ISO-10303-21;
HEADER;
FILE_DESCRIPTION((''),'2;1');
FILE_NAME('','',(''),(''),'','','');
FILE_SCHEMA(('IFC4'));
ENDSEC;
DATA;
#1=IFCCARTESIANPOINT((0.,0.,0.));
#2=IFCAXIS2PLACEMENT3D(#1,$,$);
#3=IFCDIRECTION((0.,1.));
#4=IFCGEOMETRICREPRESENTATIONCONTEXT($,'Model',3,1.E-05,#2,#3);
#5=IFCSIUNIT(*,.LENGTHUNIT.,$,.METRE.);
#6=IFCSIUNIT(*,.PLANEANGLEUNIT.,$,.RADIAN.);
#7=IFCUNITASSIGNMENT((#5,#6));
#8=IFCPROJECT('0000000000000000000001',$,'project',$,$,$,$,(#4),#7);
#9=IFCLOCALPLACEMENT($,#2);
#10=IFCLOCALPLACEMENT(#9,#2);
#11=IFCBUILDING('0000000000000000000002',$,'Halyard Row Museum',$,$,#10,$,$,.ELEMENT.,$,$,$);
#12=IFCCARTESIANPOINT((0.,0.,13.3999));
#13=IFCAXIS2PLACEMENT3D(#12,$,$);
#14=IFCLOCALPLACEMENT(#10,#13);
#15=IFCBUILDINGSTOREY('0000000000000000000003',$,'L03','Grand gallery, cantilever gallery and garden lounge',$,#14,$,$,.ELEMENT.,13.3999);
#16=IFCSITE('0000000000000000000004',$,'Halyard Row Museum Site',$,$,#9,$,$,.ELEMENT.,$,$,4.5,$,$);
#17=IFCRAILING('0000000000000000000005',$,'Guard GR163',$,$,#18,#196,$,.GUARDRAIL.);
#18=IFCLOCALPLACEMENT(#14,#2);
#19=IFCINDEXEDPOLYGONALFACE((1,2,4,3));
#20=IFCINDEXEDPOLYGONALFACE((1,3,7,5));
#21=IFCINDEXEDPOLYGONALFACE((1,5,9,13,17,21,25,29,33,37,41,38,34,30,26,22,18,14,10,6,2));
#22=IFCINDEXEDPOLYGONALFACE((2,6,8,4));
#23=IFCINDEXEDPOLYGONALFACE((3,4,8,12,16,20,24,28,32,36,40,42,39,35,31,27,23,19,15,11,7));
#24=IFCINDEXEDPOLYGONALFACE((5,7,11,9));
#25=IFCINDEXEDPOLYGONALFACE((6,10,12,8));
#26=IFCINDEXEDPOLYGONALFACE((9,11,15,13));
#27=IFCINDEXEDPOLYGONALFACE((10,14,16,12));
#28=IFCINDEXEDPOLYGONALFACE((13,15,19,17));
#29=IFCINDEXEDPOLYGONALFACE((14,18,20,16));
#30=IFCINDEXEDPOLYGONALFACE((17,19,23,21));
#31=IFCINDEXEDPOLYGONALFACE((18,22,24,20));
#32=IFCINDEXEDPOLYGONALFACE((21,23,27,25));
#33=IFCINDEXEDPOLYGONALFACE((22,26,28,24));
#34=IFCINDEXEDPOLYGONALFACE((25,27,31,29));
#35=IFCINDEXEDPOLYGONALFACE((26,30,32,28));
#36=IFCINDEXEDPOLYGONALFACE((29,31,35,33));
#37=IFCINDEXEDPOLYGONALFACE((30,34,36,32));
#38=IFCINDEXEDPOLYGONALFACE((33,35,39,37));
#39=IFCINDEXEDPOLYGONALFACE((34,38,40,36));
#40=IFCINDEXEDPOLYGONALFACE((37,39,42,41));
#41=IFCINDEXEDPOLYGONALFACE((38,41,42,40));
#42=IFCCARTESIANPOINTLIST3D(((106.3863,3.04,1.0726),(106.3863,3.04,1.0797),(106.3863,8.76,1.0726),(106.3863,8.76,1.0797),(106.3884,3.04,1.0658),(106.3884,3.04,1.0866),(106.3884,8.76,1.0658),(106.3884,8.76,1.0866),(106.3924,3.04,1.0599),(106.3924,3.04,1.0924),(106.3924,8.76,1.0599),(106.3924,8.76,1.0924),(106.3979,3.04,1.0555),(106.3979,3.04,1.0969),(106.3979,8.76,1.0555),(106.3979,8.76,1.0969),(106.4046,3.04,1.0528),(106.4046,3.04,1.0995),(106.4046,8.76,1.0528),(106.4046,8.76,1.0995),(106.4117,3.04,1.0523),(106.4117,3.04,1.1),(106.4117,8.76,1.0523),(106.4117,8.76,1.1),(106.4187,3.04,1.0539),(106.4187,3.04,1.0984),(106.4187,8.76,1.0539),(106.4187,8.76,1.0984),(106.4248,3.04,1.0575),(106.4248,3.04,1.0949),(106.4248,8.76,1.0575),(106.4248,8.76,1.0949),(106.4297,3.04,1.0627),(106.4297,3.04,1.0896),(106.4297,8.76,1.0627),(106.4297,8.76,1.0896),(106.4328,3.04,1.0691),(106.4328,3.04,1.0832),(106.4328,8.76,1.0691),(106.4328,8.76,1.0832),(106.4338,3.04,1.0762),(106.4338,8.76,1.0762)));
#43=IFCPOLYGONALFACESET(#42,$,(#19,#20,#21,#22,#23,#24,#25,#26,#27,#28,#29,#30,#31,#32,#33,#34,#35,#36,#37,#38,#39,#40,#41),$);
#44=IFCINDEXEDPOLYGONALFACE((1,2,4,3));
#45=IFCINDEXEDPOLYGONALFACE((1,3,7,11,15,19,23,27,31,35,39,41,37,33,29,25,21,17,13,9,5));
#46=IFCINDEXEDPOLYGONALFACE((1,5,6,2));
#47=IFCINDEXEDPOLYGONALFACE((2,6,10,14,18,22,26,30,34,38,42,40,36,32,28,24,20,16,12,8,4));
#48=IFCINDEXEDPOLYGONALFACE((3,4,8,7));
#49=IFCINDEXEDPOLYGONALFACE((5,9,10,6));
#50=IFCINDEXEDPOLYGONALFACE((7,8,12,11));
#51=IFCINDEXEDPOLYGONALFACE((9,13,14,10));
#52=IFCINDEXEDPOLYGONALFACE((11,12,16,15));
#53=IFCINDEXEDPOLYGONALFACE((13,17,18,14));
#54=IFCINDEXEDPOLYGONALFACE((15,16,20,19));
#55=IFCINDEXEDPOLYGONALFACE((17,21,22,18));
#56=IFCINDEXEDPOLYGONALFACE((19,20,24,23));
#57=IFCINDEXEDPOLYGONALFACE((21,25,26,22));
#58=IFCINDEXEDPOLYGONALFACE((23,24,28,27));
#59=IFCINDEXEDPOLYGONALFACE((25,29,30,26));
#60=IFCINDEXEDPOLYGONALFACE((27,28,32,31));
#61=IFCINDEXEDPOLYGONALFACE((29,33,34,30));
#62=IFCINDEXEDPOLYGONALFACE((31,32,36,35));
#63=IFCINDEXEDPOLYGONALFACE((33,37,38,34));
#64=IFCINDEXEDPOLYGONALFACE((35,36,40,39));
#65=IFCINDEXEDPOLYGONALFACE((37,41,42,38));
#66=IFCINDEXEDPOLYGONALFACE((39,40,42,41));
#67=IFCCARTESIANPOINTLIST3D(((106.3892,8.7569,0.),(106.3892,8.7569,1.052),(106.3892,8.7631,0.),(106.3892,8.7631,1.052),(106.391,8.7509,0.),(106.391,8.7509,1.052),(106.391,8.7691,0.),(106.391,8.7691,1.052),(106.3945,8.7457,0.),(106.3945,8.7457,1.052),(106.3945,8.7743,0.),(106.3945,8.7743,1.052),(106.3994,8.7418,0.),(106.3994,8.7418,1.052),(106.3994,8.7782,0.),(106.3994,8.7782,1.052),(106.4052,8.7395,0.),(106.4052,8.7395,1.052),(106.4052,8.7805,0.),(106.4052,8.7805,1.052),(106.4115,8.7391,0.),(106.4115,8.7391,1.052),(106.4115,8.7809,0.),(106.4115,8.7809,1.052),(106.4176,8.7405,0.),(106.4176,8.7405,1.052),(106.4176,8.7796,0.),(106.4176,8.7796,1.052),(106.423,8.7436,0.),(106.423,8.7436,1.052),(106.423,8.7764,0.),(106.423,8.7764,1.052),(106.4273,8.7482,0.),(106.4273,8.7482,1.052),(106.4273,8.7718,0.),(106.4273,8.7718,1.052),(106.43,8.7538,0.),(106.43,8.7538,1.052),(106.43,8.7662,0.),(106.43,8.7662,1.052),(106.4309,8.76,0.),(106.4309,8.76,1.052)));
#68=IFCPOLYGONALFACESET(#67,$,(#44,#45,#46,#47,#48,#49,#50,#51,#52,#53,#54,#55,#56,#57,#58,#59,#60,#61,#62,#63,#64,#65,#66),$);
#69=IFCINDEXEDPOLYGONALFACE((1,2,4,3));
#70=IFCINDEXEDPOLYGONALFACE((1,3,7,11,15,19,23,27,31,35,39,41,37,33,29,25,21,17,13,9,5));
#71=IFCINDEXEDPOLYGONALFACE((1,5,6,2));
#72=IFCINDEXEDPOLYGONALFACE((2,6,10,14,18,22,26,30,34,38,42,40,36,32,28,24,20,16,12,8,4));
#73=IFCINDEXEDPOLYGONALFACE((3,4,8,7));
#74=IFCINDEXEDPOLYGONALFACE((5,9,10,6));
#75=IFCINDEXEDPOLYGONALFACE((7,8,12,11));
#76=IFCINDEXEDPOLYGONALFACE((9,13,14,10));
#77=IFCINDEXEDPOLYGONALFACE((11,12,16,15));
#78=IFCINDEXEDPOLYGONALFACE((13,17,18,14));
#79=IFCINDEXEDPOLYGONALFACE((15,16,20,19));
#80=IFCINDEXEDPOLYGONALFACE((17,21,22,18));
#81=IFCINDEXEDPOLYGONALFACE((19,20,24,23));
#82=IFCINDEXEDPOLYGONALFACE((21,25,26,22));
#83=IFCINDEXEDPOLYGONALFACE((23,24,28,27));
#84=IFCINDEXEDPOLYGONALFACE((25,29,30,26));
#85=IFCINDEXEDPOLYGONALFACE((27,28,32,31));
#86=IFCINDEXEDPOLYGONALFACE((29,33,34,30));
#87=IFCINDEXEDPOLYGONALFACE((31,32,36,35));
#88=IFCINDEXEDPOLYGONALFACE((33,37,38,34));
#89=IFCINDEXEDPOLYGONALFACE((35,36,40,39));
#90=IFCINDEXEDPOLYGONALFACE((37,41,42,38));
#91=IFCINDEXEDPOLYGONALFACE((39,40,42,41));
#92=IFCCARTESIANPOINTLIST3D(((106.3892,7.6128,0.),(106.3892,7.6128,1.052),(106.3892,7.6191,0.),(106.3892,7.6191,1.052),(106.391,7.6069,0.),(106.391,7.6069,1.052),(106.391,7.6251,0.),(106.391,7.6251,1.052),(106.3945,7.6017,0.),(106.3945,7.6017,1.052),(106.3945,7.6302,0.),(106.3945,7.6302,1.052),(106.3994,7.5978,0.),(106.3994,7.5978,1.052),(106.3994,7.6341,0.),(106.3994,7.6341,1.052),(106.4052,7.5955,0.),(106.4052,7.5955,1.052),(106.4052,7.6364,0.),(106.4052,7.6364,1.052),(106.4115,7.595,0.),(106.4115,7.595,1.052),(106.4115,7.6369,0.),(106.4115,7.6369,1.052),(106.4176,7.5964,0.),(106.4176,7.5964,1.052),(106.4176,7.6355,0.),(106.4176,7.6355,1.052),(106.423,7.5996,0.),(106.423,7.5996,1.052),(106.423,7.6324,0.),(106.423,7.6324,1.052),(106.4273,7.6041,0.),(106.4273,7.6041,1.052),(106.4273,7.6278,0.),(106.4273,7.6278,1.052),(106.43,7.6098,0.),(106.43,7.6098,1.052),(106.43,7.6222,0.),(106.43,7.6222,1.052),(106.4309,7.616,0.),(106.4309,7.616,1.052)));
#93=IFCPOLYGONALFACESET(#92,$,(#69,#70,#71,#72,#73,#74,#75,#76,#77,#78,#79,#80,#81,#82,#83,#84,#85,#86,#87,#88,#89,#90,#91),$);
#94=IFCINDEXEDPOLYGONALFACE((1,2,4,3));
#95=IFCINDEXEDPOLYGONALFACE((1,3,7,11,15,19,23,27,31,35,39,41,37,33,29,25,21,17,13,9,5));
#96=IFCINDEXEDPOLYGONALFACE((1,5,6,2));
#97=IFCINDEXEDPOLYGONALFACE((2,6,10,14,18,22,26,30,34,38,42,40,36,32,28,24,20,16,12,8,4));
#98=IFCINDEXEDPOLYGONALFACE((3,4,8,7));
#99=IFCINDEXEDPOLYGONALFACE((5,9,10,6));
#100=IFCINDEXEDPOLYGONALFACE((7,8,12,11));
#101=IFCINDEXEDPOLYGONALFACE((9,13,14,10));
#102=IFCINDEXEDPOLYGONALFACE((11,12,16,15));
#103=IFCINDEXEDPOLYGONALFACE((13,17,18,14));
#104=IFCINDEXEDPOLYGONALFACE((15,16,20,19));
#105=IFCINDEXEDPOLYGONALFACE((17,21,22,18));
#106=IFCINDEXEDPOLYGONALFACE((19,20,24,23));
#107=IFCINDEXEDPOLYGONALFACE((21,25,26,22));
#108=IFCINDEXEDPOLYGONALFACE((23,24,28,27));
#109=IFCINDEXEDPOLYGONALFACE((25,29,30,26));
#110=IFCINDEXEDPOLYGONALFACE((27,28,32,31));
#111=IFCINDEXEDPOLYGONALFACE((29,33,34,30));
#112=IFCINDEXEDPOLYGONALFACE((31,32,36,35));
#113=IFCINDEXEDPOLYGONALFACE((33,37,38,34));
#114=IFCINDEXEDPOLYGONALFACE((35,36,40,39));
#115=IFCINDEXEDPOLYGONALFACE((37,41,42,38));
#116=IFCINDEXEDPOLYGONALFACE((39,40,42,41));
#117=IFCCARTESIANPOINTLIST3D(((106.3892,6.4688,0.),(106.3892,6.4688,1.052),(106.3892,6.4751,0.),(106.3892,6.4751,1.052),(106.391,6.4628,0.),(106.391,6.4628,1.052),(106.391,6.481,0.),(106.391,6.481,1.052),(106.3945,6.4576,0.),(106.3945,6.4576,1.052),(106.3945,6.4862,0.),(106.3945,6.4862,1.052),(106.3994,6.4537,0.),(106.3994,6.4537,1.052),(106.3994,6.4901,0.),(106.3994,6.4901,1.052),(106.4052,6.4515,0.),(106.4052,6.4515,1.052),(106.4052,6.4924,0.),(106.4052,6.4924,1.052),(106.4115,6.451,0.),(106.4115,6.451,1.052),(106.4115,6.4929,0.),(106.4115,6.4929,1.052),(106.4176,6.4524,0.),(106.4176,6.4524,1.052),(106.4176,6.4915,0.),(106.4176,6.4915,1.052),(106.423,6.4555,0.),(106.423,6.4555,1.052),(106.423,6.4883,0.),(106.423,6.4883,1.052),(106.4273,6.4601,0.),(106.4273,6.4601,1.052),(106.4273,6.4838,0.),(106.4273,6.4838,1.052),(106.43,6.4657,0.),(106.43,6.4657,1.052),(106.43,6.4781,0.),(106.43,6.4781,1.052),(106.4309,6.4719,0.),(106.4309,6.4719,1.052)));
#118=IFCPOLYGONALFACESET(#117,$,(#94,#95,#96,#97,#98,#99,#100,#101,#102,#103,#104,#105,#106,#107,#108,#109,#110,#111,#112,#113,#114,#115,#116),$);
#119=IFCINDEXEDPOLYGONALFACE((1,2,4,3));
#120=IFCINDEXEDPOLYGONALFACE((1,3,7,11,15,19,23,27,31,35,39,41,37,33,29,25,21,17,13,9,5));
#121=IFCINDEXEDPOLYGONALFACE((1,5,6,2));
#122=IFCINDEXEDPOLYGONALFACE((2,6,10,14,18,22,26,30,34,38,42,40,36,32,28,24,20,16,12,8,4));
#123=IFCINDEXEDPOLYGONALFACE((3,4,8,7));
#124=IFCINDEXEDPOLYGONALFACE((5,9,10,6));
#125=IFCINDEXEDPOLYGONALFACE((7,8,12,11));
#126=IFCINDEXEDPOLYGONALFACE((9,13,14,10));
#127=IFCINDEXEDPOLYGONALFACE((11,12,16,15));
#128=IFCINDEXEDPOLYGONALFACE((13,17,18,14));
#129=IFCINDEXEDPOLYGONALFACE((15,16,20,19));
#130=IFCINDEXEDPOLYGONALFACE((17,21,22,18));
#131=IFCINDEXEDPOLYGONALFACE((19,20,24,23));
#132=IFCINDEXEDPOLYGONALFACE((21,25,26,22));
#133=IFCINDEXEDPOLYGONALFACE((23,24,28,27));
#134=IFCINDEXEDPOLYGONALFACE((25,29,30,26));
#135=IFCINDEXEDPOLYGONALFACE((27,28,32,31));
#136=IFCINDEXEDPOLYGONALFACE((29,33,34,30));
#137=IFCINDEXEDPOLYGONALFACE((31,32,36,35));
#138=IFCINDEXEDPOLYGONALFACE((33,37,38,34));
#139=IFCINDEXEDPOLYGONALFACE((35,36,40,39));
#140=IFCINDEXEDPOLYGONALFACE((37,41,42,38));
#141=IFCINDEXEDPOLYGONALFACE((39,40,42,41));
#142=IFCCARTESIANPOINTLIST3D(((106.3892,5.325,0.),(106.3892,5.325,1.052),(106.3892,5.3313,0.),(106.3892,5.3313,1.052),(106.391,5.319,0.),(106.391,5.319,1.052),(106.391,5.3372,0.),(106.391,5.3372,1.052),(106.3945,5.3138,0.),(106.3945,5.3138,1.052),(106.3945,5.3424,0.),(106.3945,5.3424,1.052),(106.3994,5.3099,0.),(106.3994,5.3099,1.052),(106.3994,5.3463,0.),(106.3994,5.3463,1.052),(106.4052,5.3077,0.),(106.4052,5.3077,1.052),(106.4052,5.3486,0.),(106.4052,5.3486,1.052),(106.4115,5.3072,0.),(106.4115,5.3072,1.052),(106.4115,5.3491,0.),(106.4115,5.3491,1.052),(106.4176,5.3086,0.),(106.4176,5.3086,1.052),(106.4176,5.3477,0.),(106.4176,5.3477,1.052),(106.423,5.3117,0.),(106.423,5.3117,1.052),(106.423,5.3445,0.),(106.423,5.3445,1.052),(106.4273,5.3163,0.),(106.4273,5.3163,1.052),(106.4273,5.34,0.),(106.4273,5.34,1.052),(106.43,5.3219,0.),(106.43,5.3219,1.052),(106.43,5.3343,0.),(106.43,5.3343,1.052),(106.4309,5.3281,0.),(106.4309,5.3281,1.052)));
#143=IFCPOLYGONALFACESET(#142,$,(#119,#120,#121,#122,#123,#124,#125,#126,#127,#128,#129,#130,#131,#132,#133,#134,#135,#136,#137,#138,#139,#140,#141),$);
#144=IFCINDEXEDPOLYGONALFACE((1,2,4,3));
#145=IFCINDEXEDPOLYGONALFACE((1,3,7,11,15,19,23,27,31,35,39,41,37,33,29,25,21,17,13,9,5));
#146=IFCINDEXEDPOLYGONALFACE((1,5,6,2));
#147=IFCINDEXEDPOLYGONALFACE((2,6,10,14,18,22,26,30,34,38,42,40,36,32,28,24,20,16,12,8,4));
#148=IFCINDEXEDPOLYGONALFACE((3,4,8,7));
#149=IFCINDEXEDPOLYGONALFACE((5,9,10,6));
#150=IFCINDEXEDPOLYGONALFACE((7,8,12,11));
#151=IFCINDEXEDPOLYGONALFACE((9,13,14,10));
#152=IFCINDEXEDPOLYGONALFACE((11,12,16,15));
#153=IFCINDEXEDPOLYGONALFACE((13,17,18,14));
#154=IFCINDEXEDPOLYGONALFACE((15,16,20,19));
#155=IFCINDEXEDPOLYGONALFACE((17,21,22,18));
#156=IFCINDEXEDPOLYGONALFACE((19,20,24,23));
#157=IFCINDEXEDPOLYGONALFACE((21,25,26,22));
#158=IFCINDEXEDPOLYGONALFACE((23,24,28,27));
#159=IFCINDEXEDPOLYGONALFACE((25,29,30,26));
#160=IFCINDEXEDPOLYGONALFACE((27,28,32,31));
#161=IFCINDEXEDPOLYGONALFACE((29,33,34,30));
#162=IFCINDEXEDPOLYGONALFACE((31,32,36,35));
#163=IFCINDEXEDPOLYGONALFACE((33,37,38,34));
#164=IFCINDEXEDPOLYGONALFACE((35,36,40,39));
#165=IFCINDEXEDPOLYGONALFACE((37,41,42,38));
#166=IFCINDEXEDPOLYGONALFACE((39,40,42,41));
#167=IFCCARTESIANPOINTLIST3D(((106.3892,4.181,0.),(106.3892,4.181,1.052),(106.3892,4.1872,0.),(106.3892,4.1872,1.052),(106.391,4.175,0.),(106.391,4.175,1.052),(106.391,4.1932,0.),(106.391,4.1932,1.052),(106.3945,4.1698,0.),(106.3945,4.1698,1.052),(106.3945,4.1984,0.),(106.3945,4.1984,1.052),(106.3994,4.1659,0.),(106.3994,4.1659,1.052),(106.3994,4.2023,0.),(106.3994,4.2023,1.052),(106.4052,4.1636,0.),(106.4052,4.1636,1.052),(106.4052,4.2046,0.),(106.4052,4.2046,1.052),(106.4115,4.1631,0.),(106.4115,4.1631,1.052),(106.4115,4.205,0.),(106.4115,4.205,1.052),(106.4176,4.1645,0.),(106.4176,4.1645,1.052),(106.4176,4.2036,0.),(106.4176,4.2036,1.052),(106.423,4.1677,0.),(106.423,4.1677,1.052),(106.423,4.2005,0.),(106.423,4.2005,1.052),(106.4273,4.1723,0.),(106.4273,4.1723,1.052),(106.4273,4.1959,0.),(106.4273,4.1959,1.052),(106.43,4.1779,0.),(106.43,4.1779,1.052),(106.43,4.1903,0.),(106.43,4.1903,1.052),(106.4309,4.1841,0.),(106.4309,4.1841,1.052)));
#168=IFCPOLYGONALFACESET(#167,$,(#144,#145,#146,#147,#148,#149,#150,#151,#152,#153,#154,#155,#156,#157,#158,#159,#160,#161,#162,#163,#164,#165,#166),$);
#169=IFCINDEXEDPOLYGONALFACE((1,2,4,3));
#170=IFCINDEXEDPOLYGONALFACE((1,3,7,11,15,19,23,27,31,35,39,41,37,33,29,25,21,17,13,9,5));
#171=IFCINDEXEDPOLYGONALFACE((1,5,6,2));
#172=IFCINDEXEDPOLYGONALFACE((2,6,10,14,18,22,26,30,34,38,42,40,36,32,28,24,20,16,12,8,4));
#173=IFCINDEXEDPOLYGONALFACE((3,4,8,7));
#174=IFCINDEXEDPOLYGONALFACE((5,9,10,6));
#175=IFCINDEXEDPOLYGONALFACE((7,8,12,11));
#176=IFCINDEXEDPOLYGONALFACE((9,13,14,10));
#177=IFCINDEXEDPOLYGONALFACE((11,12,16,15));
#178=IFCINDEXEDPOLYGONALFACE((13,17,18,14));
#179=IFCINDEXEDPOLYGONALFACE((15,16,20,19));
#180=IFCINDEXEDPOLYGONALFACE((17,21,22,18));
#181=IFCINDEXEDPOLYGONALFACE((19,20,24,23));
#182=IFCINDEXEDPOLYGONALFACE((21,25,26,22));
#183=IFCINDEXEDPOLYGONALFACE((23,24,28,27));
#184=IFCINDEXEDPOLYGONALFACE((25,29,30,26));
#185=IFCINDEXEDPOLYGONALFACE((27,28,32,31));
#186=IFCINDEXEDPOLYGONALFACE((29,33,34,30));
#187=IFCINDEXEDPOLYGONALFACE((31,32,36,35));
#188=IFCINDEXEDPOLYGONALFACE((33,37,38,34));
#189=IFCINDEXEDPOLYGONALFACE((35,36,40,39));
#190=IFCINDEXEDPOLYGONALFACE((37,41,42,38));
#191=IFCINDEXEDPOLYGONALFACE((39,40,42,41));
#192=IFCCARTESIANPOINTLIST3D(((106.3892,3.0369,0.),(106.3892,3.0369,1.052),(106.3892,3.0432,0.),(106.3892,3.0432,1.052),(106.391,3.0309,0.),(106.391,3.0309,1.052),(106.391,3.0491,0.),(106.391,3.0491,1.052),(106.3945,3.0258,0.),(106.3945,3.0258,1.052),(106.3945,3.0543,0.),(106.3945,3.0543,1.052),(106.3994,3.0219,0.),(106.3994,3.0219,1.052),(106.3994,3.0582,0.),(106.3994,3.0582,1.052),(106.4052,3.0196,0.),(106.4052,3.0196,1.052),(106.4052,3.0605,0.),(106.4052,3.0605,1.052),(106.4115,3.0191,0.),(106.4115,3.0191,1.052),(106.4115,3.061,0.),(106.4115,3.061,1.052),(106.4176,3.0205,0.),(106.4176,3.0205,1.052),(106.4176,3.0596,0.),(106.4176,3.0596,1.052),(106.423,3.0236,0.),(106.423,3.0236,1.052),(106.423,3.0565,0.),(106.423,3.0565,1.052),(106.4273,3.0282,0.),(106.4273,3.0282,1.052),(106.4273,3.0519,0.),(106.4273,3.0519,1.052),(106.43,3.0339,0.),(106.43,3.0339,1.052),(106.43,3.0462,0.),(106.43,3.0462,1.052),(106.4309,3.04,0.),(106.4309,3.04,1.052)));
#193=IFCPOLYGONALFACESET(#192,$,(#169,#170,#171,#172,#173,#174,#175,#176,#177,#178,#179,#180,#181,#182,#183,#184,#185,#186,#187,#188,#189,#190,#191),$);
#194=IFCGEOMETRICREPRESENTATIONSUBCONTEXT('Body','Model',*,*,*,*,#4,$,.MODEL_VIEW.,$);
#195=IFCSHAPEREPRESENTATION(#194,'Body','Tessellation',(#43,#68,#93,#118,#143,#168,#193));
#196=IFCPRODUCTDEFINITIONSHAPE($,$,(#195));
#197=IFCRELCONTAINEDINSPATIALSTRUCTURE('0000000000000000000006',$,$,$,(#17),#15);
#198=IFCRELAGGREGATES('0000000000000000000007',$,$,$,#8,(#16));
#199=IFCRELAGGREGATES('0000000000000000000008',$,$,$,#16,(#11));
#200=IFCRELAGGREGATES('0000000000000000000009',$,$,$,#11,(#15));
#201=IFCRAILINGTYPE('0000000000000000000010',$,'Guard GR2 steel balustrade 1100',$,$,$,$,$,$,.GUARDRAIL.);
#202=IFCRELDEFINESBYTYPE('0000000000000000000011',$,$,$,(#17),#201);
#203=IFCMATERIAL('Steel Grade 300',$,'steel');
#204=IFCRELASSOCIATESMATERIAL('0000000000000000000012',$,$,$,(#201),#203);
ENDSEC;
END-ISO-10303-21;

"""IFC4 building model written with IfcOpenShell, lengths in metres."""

from ifc_helpers import new_model, si_unit, direction, frame, origin, origin_2d, place, context, subcontext, project, spatial, circle, extrude, material, type_object, element, save


model = new_model("IFC4")

# Units and contexts
model_context = context("Model", 3, precision=1e-05, world=origin(), true_north=direction((0.0, 1.0)))
body_context = subcontext(model_context, "Body", "Model", "MODEL_VIEW")
ifc_project = project(units=[si_unit("LENGTHUNIT", "METRE"), si_unit("PLANEANGLEUNIT", "RADIAN")], contexts=[model_context])

# Site, building, storey
site_placement = place(None, origin())
site = spatial("IfcSite", under=ifc_project, at=site_placement, Name="Halyard Row Museum Site", CompositionType="ELEMENT", RefElevation=4.5)
building_placement = place(site_placement, origin())
building = spatial("IfcBuilding", under=site, at=building_placement, Name="Halyard Row Museum", CompositionType="ELEMENT")
storey_placement = place(building_placement, frame((0.0, 0.0, 13.3999)))
storey = spatial("IfcBuildingStorey", under=building, at=storey_placement, Name="L03", Description="Grand gallery, cantilever gallery and garden lounge", CompositionType="ELEMENT", Elevation=13.3999)

# Railing
ifc_material_1 = material(Name="Steel Grade 300", Category="steel")
railing_type_1 = type_object("IfcRailingType", Name="Guard GR2 steel balustrade 1100", PredefinedType="GUARDRAIL", material=ifc_material_1)
railing_1_placement = place(storey_placement, frame((106.4099, 8.76, 0.0)))
element("IfcRailing", 1, at=railing_1_placement, inside=storey, type_object=railing_type_1, Name="Guard GR163", PredefinedType="GUARDRAIL", context=body_context, shape_type="SweptSolid", body=[
    extrude(circle(Radius=0.0239, at=origin_2d()), frame((0.0, 0.0, 1.0762), z_axis=(0.0, -1.0, 0.0), x_axis=(1.0, 0.0, 0.0)), (0.0, 0.0, 1.0), 5.72),
    extrude(circle(Radius=0.021, at=origin_2d()), origin(), (0.0, 0.0, 1.0), 1.052),
    extrude(circle(Radius=0.021, at=origin_2d()), frame((0.0, -1.144, 0.0)), (0.0, 0.0, 1.0), 1.052),
    extrude(circle(Radius=0.021, at=origin_2d()), frame((0.0, -2.2881, 0.0)), (0.0, 0.0, 1.0), 1.052),
    extrude(circle(Radius=0.021, at=origin_2d()), frame((0.0, -3.4319, 0.0)), (0.0, 0.0, 1.0), 1.052),
    extrude(circle(Radius=0.021, at=origin_2d()), frame((0.0, -4.5759, 0.0)), (0.0, 0.0, 1.0), 1.052),
    extrude(circle(Radius=0.021, at=origin_2d()), frame((0.0, -5.72, 0.0)), (0.0, 0.0, 1.0), 1.052),
])

save(model, "model.ifc")
